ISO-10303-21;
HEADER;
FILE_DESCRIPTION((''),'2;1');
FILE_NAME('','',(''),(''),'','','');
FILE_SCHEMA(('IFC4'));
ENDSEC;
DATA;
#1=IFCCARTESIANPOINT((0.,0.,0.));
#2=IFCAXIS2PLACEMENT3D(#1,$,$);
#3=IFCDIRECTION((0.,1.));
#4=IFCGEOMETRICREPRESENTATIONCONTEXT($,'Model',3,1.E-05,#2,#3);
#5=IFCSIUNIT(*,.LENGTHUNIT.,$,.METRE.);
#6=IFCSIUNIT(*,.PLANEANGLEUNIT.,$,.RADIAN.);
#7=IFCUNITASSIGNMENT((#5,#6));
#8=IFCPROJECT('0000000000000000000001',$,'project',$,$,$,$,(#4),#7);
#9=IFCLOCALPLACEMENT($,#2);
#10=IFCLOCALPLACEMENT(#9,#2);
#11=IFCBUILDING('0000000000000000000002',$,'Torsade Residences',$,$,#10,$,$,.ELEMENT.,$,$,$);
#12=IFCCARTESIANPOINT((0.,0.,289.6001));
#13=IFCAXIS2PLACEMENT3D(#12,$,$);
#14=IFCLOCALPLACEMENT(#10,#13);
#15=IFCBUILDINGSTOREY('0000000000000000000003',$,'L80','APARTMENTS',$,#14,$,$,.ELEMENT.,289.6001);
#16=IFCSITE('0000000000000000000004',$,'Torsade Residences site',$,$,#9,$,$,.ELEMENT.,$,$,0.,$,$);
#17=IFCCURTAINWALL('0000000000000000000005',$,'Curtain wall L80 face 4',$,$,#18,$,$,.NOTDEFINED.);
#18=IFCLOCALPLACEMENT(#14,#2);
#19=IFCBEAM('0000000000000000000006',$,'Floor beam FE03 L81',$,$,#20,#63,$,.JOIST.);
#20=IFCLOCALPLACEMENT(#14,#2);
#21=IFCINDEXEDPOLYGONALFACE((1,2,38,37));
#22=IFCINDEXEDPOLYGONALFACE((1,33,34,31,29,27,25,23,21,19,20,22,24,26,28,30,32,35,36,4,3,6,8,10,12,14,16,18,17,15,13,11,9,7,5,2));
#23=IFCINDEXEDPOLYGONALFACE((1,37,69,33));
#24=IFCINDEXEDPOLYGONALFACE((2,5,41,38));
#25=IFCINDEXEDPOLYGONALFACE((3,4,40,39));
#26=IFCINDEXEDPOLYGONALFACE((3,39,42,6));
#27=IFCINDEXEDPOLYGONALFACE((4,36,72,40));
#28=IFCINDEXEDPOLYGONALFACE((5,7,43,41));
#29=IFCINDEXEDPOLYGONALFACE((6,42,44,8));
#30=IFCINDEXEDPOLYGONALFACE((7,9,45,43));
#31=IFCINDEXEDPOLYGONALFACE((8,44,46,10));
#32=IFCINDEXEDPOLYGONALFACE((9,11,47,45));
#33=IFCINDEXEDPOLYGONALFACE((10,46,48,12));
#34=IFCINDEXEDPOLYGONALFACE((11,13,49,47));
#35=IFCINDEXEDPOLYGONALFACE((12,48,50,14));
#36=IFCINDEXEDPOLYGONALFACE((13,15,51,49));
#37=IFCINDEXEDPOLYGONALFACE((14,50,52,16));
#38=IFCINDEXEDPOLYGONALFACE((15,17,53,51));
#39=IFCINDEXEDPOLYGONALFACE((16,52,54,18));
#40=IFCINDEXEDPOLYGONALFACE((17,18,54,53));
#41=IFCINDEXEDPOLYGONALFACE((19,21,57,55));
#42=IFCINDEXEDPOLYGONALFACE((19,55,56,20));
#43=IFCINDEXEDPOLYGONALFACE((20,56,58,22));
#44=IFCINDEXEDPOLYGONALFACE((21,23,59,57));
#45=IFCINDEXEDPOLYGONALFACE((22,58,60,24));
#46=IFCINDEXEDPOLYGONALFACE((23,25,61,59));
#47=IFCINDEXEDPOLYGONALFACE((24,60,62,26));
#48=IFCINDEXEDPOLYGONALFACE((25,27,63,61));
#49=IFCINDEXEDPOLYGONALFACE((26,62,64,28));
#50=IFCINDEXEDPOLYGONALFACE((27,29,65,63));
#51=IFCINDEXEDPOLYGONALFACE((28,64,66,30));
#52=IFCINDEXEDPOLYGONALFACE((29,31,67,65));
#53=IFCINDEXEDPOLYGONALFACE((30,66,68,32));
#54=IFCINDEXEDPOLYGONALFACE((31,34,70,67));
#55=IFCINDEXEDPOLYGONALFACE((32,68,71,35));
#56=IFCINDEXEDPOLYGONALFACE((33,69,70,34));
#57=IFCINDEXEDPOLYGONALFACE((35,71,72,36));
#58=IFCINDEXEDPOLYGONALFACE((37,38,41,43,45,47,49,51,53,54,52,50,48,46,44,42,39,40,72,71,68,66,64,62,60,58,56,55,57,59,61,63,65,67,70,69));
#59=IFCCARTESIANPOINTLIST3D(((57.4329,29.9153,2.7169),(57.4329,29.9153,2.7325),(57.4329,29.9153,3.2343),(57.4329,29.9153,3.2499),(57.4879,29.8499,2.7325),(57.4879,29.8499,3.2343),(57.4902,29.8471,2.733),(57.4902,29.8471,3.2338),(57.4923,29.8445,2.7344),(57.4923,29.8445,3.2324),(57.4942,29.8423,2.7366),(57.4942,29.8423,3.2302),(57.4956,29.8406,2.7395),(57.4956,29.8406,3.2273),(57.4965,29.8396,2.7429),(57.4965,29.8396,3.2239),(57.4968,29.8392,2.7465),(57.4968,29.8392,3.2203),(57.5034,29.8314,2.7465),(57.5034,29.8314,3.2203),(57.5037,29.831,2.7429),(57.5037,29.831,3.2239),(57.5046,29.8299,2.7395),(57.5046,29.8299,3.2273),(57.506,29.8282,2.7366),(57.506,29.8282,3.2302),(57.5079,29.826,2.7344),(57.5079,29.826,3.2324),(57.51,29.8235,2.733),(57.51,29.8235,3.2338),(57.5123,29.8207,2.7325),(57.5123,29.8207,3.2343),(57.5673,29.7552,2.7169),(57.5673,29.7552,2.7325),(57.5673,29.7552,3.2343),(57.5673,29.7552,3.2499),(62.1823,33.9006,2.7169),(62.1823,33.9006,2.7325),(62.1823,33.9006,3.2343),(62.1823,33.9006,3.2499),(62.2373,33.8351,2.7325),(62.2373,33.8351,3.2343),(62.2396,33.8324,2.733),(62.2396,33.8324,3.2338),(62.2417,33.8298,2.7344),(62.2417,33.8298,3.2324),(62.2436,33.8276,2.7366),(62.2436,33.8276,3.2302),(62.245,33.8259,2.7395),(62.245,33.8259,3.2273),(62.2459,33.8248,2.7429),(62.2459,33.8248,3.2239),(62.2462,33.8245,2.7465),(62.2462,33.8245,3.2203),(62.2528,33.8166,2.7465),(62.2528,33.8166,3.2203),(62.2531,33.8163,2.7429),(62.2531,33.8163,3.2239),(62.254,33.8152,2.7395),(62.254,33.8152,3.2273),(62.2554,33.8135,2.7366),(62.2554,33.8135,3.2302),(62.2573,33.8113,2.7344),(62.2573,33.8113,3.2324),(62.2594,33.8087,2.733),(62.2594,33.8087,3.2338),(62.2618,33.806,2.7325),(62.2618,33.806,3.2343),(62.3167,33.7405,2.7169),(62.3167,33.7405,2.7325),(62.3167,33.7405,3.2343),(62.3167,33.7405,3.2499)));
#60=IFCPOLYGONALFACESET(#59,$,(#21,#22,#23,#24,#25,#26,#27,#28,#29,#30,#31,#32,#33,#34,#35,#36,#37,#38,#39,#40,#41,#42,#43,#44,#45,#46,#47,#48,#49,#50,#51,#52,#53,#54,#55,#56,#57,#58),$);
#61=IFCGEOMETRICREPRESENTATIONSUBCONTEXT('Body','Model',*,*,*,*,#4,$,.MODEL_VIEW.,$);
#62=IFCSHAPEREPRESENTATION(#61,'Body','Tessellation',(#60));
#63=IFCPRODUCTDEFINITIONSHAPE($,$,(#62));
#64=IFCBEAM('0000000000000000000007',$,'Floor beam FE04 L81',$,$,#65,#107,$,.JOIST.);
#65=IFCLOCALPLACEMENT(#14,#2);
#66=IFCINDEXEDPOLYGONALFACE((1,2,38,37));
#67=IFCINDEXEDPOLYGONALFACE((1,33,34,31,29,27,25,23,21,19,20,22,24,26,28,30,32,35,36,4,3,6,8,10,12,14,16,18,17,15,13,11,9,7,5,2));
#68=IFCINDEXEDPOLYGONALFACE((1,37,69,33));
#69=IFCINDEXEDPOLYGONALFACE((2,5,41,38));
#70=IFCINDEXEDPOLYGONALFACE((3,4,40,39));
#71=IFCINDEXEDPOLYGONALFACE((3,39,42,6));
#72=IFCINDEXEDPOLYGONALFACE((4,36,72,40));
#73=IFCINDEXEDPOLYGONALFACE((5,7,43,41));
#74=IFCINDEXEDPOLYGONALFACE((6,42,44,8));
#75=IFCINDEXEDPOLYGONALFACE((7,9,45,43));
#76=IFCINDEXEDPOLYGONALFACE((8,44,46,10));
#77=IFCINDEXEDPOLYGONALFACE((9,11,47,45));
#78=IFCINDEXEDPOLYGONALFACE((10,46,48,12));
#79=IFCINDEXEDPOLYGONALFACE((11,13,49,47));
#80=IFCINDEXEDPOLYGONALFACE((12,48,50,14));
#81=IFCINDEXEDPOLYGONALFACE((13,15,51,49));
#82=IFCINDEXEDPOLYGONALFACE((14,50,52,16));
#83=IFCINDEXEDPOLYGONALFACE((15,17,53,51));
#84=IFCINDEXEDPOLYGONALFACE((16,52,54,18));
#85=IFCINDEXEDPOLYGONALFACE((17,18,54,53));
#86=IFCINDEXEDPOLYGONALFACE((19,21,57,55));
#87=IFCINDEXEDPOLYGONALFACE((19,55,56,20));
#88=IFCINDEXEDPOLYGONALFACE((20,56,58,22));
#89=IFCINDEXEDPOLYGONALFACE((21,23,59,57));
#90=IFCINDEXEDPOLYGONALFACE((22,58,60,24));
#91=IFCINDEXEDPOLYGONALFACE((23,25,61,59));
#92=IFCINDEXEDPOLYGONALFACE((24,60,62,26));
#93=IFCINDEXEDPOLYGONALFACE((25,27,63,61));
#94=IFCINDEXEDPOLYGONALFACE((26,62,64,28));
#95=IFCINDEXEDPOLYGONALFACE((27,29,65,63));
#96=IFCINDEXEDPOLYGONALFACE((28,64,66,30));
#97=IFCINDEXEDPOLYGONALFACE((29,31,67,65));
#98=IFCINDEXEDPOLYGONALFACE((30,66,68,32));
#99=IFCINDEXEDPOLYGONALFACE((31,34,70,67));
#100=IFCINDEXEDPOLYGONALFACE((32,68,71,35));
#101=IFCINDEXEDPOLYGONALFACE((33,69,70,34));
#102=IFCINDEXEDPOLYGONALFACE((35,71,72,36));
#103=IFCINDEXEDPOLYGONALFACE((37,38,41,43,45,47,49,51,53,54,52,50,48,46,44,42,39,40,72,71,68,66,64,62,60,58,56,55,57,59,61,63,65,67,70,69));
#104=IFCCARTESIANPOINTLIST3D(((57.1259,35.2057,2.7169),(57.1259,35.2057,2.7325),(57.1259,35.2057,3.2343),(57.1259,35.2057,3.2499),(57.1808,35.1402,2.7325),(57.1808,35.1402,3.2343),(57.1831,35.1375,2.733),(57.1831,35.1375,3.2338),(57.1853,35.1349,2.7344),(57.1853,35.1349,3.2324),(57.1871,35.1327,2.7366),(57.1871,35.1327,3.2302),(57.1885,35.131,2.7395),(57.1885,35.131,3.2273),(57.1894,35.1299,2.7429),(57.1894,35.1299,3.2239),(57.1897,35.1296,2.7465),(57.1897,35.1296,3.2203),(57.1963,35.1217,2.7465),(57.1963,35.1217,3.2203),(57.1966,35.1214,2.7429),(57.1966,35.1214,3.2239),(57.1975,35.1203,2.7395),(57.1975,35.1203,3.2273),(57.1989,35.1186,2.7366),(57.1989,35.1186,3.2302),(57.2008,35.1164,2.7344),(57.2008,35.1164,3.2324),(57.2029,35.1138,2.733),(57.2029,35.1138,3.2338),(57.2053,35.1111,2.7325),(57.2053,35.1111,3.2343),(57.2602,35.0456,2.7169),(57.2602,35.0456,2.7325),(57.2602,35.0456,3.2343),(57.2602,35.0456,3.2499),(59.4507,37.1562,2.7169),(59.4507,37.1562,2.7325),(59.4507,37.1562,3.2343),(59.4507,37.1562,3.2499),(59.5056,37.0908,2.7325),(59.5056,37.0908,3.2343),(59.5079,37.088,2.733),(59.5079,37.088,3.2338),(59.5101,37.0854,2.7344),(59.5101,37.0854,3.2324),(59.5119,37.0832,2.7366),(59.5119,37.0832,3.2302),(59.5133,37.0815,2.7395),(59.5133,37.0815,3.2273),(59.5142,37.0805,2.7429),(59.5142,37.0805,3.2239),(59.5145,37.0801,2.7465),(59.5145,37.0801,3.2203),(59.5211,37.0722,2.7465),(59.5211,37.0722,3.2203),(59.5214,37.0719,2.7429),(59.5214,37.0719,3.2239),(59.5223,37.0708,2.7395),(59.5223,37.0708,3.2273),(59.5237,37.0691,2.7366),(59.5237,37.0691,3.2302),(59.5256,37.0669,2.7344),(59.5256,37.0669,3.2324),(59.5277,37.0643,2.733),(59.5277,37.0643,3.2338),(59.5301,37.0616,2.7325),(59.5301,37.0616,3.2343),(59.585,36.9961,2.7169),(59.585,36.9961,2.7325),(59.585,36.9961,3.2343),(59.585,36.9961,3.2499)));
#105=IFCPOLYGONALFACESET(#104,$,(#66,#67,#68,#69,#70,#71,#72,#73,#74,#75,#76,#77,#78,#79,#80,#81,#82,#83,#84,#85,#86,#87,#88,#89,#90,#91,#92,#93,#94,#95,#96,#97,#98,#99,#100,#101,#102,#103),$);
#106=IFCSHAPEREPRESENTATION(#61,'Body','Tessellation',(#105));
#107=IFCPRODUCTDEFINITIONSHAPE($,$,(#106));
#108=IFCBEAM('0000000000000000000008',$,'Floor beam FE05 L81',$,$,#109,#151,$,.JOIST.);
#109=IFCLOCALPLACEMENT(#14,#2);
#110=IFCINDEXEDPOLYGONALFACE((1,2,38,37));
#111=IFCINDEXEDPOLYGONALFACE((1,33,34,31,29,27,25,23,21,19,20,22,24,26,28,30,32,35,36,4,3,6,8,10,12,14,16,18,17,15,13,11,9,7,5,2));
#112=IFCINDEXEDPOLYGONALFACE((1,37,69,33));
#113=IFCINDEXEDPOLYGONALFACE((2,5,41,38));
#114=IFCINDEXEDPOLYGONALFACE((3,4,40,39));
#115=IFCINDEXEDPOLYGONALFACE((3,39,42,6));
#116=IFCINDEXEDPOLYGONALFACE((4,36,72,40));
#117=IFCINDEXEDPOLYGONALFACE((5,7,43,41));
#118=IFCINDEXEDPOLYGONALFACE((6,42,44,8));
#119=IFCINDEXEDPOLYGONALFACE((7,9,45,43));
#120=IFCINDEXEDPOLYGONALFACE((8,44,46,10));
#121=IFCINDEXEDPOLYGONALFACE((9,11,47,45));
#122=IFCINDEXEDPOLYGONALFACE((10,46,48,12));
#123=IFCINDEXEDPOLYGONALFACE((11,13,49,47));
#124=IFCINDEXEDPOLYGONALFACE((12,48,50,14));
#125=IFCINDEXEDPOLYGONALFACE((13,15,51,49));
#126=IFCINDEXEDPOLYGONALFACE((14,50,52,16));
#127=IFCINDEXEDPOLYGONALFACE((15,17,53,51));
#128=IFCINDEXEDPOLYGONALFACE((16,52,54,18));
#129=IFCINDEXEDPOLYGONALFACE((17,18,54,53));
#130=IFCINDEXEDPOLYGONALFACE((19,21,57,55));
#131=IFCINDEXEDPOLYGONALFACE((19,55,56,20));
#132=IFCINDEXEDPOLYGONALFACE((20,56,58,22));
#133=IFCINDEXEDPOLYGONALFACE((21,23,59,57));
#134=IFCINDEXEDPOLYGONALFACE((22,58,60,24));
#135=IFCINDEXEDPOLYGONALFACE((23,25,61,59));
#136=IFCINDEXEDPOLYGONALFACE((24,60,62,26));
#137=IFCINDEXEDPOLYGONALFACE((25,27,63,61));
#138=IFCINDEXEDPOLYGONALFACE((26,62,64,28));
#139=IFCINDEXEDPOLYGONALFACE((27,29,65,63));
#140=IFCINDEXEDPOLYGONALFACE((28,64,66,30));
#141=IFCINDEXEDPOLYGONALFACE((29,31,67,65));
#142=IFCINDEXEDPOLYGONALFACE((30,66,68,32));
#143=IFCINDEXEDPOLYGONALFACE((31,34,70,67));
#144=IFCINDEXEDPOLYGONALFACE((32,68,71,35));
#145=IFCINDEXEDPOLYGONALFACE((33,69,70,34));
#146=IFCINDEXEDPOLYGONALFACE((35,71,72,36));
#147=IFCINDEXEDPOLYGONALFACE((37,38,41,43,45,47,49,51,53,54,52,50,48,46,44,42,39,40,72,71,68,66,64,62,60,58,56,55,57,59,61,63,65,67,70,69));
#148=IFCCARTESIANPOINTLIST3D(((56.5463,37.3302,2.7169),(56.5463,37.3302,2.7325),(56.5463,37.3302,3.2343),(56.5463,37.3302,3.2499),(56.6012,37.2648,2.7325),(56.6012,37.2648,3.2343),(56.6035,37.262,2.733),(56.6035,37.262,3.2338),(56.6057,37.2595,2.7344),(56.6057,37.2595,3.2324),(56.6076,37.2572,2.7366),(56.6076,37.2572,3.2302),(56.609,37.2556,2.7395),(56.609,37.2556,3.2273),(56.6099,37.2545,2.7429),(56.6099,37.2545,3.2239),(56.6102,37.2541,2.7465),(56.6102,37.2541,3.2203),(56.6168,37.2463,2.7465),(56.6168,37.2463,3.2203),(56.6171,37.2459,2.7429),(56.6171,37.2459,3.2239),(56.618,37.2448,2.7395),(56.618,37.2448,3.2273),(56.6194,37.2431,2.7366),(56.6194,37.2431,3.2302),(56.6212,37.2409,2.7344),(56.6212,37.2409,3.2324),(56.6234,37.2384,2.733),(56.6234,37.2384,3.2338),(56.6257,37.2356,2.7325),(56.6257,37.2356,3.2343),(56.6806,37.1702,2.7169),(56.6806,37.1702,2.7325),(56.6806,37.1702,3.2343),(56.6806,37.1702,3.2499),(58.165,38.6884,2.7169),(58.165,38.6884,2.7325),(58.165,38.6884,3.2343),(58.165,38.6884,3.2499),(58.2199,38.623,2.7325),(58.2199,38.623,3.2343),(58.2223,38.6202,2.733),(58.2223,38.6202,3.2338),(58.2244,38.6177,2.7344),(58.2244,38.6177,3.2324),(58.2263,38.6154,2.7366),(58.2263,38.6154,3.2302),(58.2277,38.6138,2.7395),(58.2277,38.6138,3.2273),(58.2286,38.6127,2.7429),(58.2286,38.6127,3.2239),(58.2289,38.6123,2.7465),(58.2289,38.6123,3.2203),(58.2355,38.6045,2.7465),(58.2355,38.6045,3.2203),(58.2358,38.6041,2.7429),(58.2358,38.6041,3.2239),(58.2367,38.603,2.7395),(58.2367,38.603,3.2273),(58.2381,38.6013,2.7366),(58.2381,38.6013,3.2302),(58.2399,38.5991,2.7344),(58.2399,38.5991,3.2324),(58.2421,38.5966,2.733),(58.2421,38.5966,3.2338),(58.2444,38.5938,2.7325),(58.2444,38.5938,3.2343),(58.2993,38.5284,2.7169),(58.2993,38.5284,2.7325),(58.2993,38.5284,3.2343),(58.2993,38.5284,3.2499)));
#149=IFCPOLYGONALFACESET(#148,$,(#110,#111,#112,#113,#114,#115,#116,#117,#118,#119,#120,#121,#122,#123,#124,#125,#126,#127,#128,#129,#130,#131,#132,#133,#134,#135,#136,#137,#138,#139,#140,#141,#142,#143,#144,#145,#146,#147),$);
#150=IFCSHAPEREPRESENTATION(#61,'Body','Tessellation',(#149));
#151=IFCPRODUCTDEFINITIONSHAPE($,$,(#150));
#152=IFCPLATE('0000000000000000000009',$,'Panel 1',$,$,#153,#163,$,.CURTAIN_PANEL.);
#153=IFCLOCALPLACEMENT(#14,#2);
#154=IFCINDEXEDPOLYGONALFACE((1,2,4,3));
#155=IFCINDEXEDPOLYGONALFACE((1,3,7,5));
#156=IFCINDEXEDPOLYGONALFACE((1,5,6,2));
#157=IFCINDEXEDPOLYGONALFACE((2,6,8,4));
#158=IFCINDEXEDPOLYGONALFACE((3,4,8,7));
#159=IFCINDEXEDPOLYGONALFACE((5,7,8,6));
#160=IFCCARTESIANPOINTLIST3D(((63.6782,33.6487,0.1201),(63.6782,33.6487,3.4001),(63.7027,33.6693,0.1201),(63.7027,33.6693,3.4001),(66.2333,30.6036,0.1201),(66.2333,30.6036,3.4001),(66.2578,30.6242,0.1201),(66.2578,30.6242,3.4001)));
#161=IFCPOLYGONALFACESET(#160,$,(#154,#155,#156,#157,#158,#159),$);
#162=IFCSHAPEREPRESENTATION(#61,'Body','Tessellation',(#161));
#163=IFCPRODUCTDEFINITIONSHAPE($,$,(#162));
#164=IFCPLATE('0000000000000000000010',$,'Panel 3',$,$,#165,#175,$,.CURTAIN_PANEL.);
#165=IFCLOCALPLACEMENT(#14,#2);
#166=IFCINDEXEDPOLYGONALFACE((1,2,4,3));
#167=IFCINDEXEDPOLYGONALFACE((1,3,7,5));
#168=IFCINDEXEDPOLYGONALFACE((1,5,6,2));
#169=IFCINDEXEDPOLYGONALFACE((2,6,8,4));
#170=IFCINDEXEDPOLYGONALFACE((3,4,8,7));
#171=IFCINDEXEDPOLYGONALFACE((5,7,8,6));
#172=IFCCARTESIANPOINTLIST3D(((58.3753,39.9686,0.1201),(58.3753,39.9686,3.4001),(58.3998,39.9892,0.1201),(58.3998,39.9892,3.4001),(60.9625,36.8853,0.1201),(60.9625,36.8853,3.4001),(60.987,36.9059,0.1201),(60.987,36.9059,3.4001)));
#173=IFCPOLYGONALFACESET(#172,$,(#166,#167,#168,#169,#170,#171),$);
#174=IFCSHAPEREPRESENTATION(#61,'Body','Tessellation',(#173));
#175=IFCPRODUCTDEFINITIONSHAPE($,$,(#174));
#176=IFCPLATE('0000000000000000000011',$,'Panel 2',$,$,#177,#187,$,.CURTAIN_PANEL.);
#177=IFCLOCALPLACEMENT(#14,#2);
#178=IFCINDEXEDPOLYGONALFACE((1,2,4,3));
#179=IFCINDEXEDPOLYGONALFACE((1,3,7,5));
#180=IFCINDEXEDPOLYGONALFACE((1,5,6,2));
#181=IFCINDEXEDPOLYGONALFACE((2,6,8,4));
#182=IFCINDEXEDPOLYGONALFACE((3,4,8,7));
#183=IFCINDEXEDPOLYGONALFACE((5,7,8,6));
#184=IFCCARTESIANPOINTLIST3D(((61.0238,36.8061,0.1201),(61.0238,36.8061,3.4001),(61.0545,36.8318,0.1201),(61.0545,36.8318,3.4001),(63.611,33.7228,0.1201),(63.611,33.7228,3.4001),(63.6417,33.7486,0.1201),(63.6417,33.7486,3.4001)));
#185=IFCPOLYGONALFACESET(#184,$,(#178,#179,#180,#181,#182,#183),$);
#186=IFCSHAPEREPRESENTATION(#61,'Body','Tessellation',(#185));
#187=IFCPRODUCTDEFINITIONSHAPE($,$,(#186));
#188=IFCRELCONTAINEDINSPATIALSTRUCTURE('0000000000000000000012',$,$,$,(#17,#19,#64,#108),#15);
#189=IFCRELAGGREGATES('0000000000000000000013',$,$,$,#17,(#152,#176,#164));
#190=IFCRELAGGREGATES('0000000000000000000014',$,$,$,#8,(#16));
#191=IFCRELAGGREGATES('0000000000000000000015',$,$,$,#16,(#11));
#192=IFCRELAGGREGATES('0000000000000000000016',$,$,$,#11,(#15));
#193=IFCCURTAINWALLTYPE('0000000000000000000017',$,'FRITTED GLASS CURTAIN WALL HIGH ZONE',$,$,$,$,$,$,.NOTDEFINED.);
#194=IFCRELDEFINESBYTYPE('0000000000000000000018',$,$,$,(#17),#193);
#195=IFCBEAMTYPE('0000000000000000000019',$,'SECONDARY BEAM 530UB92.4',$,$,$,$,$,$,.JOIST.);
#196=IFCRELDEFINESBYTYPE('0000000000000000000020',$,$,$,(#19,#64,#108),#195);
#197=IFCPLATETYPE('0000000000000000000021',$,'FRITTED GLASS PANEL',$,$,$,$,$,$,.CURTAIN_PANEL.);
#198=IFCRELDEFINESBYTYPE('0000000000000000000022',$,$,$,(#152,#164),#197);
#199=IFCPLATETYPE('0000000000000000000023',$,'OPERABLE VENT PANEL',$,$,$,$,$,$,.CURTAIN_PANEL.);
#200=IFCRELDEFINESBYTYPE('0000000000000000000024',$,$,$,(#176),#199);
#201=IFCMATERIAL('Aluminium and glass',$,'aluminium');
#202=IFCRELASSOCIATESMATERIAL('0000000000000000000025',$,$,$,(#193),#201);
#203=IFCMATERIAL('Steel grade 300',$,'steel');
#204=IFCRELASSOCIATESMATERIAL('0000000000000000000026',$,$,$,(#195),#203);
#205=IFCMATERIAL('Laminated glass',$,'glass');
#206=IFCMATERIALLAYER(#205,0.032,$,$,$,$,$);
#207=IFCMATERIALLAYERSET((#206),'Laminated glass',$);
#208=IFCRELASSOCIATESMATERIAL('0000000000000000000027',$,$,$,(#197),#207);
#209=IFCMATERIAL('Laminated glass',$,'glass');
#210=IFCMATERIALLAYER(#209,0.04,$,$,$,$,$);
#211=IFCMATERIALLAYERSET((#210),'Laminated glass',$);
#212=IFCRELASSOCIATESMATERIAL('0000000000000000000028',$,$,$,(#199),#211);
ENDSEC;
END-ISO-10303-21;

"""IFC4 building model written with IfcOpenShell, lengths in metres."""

from ifc_helpers import new_model, si_unit, direction, frame, origin, origin_2d, place, context, subcontext, project, spatial, rectangle, i_section, extrude, material, layer, layer_set, material_profile, profile_set, type_object, element, aggregate, save


model = new_model("IFC4")

# Units and contexts
model_context = context("Model", 3, precision=1e-05, world=origin(), true_north=direction((0.0, 1.0)))
body_context = subcontext(model_context, "Body", "Model", "MODEL_VIEW")
ifc_project = project(units=[si_unit("LENGTHUNIT", "METRE"), si_unit("PLANEANGLEUNIT", "RADIAN")], contexts=[model_context])

# Site, building, storey
site_placement = place(None, origin())
site = spatial("IfcSite", under=ifc_project, at=site_placement, Name="Torsade Residences site", CompositionType="ELEMENT", RefElevation=0.0)
building_placement = place(site_placement, origin())
building = spatial("IfcBuilding", under=site, at=building_placement, Name="Torsade Residences", CompositionType="ELEMENT")
storey_placement = place(building_placement, frame((0.0, 0.0, 289.6001)))
storey = spatial("IfcBuildingStorey", under=building, at=storey_placement, Name="L80", Description="APARTMENTS", CompositionType="ELEMENT", Elevation=289.6001)

# Curtain wall
ifc_material_1 = material(Name="Aluminium and glass", Category="aluminium")
curtain_wall_type = type_object("IfcCurtainWallType", Name="FRITTED GLASS CURTAIN WALL HIGH ZONE", PredefinedType="NOTDEFINED", material=ifc_material_1)
curtain_wall_placement = place(storey_placement, origin())
curtain_wall = element("IfcCurtainWall", 1, at=curtain_wall_placement, inside=storey, type_object=curtain_wall_type, Name="Curtain wall L80 face 4", PredefinedType="NOTDEFINED")

# Beams
ifc_material_2 = material(Name="Steel grade 300", Category="steel")
ifc_material_profile_1 = material_profile(ifc_material_2, i_section(OverallWidth=0.209, OverallDepth=0.533, WebThickness=0.0103, FlangeThickness=0.0156, FilletRadius=0.0139, at=origin_2d()), Name="530UB92.4")
ifc_profile_set_1 = profile_set([ifc_material_profile_1], Name="Steel grade 300")
beam_type_1 = type_object("IfcBeamType", Name="SECONDARY BEAM 530UB92.4", PredefinedType="JOIST", material=ifc_profile_set_1)
beam_1_placement = place(storey_placement, frame((62.2495, 33.8206, 2.9834), z_axis=(-0.766041, -0.642791, 0.0), x_axis=(0.642791, -0.766041, 0.0)))
element("IfcBeam", 2, at=beam_1_placement, inside=storey, type_object=beam_type_1, Name="Floor beam FE03 L81", PredefinedType="JOIST", context=body_context, shape_type="SweptSolid", body=[
    extrude(i_section(OverallWidth=0.209, OverallDepth=0.533, WebThickness=0.0103, FlangeThickness=0.0156, FilletRadius=0.0139, at=origin_2d()), origin(), (0.0, 0.0, 1.0), 6.2),
])
beam_2_placement = place(storey_placement, frame((59.5178, 37.0762, 2.9834), z_axis=(-0.76608, -0.642745, 0.0), x_axis=(0.642745, -0.76608, 0.0)))
element("IfcBeam", 3, at=beam_2_placement, inside=storey, type_object=beam_type_1, Name="Floor beam FE04 L81", PredefinedType="JOIST", context=body_context, shape_type="SweptSolid", body=[
    extrude(i_section(OverallWidth=0.209, OverallDepth=0.533, WebThickness=0.0103, FlangeThickness=0.0156, FilletRadius=0.0139, at=origin_2d()), origin(), (0.0, 0.0, 1.0), 3.0347),
])
beam_3_placement = place(storey_placement, frame((58.2322, 38.6084, 2.9834), z_axis=(-0.766058, -0.642772, 0.0), x_axis=(0.642772, -0.766058, 0.0)))
element("IfcBeam", 4, at=beam_3_placement, inside=storey, type_object=beam_type_1, Name="Floor beam FE05 L81", PredefinedType="JOIST", context=body_context, shape_type="SweptSolid", body=[
    extrude(i_section(OverallWidth=0.209, OverallDepth=0.533, WebThickness=0.0103, FlangeThickness=0.0156, FilletRadius=0.0139, at=origin_2d()), origin(), (0.0, 0.0, 1.0), 2.113),
])

# Plates
ifc_material_3 = material(Name="Laminated glass", Category="glass")
ifc_layer_1 = layer(ifc_material_3, 0.032)
ifc_layer_set_1 = layer_set([ifc_layer_1], Name="Laminated glass")
plate_type_1 = type_object("IfcPlateType", Name="FRITTED GLASS PANEL", PredefinedType="CURTAIN_PANEL", material=ifc_layer_set_1)
plate_1_placement = place(storey_placement, frame((64.968, 32.1365, 0.1201), z_axis=(0.0, 0.0, 1.0), x_axis=(-0.642788, 0.766044, 0.0)))
plate_1 = element("IfcPlate", 5, at=plate_1_placement, type_object=plate_type_1, Name="Panel 1", PredefinedType="CURTAIN_PANEL", context=body_context, shape_type="SweptSolid", body=[
    extrude(rectangle(XDim=3.9751, YDim=0.032, at=origin_2d()), origin(), (0.0, 0.0, 1.0), 3.28),
])
plate_2_placement = place(storey_placement, frame((59.6812, 38.4373, 0.1201), z_axis=(0.0, 0.0, 1.0), x_axis=(-0.642788, 0.766044, 0.0)))
plate_2 = element("IfcPlate", 6, at=plate_2_placement, type_object=plate_type_1, Name="Panel 3", PredefinedType="CURTAIN_PANEL", context=body_context, shape_type="SweptSolid", body=[
    extrude(rectangle(XDim=4.0249, YDim=0.032, at=origin_2d()), origin(), (0.0, 0.0, 1.0), 3.28),
])
ifc_material_4 = material(Name="Laminated glass", Category="glass")
ifc_layer_2 = layer(ifc_material_4, 0.04)
ifc_layer_set_2 = layer_set([ifc_layer_2], Name="Laminated glass")
plate_type_2 = type_object("IfcPlateType", Name="OPERABLE VENT PANEL", PredefinedType="CURTAIN_PANEL", material=ifc_layer_set_2)
plate_3_placement = place(storey_placement, frame((62.3328, 35.2773, 0.1201), z_axis=(0.0, 0.0, 1.0), x_axis=(-0.642788, 0.766044, 0.0)))
plate_3 = element("IfcPlate", 7, at=plate_3_placement, type_object=plate_type_2, Name="Panel 2", PredefinedType="CURTAIN_PANEL", context=body_context, shape_type="SweptSolid", body=[
    extrude(rectangle(XDim=4.0249, YDim=0.04, at=origin_2d()), origin(), (0.0, 0.0, 1.0), 3.28),
])
aggregate(curtain_wall, [plate_1, plate_3, plate_2])

save(model, "model.ifc")
